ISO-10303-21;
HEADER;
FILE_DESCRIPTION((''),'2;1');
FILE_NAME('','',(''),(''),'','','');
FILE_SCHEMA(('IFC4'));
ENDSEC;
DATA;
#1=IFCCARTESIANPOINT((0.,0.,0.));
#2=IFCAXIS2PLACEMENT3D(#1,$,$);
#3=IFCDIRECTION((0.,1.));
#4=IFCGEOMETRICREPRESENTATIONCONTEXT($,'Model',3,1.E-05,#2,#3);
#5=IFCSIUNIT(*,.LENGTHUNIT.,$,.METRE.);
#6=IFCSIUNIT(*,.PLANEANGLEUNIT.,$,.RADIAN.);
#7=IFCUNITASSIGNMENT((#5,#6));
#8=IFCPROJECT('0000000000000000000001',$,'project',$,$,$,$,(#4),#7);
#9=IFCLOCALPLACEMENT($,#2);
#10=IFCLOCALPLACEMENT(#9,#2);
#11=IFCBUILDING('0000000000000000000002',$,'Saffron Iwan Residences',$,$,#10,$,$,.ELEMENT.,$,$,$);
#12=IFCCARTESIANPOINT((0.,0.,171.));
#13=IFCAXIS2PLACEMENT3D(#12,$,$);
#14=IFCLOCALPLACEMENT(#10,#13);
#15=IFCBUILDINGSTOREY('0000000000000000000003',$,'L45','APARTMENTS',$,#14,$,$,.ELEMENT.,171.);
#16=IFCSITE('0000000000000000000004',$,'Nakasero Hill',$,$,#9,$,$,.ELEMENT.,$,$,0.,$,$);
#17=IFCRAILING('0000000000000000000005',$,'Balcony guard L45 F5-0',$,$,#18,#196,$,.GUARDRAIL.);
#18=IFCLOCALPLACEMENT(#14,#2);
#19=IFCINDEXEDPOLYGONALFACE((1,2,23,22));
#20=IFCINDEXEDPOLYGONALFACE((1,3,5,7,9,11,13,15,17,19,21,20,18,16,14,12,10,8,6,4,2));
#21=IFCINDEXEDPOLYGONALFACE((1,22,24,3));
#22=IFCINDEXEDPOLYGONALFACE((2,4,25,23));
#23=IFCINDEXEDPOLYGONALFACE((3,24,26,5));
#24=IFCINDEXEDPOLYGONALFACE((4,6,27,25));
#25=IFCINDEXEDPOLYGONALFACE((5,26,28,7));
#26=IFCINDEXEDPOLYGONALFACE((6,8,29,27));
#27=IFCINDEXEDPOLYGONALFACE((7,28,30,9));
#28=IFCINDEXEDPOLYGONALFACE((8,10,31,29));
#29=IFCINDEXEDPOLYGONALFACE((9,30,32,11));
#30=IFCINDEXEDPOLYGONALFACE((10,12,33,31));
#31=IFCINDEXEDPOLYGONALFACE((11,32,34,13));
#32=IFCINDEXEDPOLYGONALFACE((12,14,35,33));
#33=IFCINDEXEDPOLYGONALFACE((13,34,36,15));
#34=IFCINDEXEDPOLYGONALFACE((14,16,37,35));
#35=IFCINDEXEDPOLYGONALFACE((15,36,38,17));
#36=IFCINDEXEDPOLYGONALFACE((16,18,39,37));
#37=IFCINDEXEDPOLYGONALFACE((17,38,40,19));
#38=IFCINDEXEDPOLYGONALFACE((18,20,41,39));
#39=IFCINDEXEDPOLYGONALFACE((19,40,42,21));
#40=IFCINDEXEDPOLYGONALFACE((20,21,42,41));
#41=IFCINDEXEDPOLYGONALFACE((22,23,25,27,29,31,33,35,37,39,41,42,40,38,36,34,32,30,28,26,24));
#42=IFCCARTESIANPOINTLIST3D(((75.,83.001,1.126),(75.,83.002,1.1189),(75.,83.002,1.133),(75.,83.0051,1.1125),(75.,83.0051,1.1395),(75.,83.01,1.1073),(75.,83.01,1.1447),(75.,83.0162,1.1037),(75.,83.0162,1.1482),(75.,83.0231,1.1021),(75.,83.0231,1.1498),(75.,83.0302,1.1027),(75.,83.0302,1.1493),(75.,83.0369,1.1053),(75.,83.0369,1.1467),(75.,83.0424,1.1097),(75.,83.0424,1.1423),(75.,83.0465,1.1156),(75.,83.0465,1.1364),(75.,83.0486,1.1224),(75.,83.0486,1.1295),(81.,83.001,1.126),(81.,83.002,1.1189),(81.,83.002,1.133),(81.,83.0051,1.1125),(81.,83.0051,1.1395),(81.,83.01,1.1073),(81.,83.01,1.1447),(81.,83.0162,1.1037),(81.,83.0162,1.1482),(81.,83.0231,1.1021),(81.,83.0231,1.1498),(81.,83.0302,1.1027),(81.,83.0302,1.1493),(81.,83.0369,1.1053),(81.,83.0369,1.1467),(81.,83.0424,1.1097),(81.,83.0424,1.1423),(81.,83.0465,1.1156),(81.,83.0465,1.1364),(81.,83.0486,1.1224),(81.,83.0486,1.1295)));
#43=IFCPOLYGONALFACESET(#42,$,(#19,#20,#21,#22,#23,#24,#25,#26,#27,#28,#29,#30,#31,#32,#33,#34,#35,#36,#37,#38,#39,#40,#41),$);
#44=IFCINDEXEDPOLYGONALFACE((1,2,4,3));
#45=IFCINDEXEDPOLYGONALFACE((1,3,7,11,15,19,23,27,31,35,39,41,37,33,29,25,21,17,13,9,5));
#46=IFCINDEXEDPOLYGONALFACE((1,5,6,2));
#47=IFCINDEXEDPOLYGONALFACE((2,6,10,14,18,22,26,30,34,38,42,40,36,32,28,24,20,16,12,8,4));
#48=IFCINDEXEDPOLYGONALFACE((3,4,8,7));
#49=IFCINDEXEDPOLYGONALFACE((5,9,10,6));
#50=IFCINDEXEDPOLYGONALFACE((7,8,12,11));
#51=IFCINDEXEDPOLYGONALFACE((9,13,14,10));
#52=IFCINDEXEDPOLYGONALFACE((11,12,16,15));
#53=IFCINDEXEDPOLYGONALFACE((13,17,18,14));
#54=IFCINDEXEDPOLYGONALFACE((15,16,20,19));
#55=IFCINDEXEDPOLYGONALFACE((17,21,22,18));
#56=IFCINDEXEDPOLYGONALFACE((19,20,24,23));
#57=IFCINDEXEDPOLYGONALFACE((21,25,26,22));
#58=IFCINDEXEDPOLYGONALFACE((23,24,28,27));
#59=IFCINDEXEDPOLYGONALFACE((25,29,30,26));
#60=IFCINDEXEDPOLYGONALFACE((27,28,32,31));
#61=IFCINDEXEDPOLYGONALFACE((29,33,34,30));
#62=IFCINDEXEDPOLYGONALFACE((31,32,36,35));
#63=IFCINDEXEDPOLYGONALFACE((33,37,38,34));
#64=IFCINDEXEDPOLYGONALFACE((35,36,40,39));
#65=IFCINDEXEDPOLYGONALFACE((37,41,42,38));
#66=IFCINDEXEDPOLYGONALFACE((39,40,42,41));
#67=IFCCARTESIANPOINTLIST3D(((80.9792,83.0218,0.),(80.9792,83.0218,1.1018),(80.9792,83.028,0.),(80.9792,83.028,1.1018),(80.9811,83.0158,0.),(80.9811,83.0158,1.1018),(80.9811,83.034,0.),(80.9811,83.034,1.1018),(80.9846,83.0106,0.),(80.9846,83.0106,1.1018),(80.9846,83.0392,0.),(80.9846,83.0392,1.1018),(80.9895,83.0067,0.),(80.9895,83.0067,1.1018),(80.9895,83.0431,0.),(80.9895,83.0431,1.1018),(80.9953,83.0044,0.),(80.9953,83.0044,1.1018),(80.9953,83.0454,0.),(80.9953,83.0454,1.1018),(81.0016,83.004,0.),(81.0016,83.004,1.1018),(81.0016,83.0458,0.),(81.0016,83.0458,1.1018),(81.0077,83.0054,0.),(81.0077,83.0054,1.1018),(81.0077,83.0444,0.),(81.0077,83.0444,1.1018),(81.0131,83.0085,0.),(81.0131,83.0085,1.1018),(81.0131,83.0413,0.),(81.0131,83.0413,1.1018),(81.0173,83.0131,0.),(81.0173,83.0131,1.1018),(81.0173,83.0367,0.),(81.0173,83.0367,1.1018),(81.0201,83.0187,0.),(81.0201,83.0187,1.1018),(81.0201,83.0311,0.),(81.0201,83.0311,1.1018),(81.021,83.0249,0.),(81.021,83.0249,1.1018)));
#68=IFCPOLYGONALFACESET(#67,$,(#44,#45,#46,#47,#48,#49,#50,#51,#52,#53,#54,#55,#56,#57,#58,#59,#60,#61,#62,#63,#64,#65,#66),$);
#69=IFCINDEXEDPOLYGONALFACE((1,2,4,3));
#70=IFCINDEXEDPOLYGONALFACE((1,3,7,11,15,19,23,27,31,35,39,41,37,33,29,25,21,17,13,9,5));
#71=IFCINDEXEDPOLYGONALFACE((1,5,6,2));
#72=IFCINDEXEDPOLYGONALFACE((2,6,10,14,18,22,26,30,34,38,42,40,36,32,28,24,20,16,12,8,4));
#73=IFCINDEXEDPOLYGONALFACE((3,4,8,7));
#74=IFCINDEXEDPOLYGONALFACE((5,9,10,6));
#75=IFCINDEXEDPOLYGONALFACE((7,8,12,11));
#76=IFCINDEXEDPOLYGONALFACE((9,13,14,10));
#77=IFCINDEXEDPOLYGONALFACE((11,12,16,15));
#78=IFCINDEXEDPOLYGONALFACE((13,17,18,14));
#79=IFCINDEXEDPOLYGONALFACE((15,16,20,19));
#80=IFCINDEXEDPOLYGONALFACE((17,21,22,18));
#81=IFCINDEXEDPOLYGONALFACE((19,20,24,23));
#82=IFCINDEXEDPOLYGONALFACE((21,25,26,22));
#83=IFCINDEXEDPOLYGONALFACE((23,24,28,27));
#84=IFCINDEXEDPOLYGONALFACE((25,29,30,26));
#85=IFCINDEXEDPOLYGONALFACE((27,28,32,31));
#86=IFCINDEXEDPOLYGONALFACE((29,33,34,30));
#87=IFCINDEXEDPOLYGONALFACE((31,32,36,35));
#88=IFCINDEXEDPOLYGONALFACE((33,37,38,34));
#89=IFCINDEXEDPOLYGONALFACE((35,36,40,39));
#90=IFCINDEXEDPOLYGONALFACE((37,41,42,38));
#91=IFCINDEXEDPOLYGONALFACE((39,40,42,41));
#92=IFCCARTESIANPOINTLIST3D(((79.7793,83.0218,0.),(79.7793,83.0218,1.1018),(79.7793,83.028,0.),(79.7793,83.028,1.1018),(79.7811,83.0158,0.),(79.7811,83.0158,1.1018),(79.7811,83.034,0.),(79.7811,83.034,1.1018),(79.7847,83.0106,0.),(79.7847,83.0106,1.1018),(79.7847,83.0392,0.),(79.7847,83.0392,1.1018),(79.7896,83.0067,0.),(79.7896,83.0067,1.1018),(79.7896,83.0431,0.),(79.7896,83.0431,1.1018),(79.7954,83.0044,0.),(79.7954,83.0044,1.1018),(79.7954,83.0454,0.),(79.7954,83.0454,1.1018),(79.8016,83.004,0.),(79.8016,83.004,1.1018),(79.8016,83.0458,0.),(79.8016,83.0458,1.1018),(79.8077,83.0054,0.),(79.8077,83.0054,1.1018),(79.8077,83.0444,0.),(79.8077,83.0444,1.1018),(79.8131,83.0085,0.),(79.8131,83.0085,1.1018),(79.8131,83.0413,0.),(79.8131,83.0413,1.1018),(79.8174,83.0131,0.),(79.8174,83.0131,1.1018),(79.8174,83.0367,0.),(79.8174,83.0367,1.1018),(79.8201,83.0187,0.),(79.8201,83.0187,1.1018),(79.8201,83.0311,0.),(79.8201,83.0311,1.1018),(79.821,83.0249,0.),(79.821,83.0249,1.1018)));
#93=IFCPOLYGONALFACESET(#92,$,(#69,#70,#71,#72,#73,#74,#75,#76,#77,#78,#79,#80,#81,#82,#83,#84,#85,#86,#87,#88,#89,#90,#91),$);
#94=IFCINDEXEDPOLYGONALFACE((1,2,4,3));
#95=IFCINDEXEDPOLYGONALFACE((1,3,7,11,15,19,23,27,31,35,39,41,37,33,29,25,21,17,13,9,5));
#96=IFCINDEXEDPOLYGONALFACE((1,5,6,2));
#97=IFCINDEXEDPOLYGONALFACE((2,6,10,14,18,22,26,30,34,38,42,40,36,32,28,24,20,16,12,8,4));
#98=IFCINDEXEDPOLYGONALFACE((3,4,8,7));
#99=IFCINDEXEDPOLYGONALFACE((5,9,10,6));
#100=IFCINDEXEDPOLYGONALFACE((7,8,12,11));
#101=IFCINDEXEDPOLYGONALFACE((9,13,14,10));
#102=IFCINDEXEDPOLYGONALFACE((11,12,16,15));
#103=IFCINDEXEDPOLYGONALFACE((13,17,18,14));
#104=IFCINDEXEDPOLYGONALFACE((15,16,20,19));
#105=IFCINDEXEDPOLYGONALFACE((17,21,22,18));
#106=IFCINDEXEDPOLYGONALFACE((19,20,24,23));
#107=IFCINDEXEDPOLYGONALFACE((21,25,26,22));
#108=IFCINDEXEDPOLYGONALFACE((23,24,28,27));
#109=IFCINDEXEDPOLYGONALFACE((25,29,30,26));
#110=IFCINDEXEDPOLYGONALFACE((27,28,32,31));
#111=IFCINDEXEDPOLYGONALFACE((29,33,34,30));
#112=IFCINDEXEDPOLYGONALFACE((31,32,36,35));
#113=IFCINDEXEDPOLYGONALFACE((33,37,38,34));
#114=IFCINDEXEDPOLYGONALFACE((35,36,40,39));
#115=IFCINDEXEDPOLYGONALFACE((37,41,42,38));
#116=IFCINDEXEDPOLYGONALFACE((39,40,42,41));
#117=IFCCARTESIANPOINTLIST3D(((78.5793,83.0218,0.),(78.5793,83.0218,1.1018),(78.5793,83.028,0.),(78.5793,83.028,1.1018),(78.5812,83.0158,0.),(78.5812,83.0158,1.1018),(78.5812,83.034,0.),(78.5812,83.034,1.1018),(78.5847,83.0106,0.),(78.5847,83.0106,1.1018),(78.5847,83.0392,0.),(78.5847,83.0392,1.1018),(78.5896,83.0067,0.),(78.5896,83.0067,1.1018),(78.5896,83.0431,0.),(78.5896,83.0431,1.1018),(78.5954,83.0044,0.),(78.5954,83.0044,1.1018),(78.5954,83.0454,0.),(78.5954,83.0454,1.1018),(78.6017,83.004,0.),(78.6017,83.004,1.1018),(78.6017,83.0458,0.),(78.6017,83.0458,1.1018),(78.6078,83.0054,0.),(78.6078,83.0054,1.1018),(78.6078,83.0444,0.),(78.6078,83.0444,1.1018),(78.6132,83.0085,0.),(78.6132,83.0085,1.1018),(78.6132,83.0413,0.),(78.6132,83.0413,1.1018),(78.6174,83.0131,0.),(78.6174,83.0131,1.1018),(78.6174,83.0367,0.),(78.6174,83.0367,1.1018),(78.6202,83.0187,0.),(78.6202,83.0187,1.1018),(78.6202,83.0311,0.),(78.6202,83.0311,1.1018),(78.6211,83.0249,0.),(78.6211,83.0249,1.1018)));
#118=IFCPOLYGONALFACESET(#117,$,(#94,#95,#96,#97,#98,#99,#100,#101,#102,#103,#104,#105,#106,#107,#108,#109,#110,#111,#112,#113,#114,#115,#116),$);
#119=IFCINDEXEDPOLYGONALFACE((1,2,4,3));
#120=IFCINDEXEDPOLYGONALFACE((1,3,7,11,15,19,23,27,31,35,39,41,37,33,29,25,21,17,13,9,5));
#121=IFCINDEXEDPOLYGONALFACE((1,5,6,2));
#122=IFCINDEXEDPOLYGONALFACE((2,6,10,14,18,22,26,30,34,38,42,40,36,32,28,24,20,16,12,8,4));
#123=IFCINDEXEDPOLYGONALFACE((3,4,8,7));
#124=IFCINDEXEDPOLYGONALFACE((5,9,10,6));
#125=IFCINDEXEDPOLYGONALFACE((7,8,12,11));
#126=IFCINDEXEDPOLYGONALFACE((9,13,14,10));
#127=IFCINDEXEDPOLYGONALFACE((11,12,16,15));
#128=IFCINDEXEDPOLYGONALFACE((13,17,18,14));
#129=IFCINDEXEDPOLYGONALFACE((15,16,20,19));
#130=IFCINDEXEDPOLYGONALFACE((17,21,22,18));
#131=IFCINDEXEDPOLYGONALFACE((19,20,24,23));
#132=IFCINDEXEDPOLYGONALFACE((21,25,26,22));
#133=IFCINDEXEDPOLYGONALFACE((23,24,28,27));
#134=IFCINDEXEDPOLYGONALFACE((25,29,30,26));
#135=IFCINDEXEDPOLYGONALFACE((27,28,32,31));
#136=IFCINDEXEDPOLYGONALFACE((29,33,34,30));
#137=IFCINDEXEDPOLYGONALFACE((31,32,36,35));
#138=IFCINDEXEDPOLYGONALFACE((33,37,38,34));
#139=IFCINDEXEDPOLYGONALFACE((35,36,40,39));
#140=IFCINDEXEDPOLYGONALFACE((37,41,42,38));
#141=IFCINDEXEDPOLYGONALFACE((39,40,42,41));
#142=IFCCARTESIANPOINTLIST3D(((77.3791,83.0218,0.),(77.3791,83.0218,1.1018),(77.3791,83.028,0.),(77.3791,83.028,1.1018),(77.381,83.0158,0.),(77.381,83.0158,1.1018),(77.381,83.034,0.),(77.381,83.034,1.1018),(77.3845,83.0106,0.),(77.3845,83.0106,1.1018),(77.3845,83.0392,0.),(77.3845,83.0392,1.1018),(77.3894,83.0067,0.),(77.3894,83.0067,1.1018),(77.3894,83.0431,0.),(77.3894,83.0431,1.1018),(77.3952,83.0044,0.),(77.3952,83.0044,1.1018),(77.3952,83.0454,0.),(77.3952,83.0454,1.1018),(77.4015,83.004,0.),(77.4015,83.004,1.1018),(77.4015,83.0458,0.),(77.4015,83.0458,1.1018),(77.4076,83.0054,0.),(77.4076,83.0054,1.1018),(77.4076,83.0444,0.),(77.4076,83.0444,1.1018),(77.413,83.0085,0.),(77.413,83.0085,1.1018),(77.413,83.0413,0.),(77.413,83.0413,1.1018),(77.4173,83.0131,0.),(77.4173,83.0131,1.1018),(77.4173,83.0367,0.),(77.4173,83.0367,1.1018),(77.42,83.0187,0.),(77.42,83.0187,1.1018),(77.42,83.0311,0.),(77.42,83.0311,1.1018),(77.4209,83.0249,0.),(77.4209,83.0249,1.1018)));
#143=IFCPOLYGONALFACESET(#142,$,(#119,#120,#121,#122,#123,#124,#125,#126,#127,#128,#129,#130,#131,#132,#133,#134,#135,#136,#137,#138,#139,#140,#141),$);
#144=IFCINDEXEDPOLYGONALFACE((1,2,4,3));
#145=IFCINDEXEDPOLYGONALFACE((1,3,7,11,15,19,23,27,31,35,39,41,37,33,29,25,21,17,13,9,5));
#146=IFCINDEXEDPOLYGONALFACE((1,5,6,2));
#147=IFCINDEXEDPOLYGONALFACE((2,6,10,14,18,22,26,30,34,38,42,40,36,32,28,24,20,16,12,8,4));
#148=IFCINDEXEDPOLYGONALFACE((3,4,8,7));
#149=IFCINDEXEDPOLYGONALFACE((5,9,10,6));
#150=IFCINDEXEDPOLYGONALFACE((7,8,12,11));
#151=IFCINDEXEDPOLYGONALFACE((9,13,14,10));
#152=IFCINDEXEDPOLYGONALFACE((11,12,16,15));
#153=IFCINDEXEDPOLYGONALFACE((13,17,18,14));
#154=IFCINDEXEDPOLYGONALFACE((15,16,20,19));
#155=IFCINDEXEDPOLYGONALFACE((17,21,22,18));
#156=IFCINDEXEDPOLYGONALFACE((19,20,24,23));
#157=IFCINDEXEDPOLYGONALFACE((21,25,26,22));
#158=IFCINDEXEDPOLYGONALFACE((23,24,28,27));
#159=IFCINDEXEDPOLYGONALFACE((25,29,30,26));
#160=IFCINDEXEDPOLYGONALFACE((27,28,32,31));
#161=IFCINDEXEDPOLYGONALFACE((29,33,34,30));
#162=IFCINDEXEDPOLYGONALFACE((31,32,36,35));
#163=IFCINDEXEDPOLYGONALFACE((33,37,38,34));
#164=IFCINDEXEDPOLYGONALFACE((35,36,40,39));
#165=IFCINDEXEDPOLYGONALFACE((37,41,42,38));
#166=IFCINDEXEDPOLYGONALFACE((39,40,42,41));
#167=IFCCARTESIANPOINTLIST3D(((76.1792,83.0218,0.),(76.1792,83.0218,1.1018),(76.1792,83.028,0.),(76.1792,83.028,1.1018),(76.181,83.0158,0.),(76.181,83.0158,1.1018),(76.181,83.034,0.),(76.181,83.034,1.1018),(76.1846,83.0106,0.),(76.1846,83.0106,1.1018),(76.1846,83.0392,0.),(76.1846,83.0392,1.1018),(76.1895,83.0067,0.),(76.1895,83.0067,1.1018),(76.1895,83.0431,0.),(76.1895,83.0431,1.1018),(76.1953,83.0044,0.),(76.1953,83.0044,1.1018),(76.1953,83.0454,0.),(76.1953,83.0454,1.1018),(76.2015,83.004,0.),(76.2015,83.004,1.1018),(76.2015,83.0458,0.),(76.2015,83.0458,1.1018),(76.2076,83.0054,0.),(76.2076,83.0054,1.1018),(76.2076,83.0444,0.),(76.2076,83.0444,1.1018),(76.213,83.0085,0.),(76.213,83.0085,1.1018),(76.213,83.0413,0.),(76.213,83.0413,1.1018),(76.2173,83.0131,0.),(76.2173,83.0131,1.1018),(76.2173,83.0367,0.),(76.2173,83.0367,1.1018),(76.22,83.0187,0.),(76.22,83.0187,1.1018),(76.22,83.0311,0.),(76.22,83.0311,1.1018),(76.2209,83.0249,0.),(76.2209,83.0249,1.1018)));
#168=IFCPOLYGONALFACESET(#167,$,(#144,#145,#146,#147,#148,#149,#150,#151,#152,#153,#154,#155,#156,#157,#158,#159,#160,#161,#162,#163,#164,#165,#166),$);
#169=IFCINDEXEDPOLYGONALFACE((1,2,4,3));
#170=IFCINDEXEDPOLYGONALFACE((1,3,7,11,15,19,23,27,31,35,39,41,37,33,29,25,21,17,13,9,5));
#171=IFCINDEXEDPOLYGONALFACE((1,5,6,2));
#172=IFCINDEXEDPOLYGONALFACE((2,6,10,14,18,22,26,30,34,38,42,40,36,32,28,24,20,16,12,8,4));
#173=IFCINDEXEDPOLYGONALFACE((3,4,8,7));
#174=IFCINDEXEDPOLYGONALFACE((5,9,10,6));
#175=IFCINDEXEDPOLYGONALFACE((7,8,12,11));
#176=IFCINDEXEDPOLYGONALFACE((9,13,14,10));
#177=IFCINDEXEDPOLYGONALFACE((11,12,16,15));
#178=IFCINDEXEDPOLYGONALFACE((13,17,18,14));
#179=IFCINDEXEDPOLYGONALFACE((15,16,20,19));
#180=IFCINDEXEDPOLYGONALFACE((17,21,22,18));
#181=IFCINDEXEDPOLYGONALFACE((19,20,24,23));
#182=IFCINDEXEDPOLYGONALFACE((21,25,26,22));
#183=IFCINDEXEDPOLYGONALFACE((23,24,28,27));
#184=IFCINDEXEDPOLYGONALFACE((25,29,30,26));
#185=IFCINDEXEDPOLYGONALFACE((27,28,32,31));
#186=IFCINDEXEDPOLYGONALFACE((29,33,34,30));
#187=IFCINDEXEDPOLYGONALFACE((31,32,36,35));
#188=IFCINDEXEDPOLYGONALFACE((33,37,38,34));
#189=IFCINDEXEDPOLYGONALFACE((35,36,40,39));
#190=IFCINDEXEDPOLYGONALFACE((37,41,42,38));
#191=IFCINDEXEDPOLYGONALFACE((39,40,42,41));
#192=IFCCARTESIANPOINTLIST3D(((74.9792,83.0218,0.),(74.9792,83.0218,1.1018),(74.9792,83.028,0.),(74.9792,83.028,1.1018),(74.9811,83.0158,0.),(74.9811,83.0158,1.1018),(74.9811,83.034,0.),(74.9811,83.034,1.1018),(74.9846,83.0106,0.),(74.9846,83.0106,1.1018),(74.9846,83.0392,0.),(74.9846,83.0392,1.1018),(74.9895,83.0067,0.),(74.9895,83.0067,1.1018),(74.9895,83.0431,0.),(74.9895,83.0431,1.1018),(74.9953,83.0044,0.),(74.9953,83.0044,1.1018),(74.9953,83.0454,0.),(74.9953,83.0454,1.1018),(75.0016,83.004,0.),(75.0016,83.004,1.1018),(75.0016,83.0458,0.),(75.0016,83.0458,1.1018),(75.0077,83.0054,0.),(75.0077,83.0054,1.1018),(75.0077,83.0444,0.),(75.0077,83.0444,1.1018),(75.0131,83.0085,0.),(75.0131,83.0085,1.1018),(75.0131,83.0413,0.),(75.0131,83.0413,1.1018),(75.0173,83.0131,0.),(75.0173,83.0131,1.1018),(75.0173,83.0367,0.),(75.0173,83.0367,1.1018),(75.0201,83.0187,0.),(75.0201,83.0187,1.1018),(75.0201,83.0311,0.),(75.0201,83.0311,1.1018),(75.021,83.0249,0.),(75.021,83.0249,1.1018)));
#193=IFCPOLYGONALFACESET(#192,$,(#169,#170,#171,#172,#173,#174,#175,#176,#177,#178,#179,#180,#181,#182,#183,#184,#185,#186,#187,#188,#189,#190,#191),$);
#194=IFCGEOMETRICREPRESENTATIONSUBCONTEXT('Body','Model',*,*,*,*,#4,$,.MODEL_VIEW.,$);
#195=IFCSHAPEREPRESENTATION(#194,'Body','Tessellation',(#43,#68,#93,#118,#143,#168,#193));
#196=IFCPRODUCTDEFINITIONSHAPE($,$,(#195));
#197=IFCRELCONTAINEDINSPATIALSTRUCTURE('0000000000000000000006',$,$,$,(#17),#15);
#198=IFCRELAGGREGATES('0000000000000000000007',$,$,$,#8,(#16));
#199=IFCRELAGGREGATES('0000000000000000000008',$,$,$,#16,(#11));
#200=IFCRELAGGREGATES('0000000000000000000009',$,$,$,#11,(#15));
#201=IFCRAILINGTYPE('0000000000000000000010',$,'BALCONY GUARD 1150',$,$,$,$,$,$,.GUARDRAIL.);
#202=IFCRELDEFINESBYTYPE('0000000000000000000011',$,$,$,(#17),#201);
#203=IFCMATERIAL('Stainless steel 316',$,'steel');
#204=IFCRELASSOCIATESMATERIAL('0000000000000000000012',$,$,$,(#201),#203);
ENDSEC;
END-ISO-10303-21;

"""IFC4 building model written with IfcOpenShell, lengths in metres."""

from ifc_helpers import new_model, si_unit, direction, frame, origin, origin_2d, place, context, subcontext, project, spatial, circle, extrude, material, type_object, element, save


model = new_model("IFC4")

# Units and contexts
model_context = context("Model", 3, precision=1e-05, world=origin(), true_north=direction((0.0, 1.0)))
body_context = subcontext(model_context, "Body", "Model", "MODEL_VIEW")
ifc_project = project(units=[si_unit("LENGTHUNIT", "METRE"), si_unit("PLANEANGLEUNIT", "RADIAN")], contexts=[model_context])

# Site, building, storey
site_placement = place(None, origin())
site = spatial("IfcSite", under=ifc_project, at=site_placement, Name="Nakasero Hill", CompositionType="ELEMENT", RefElevation=0.0)
building_placement = place(site_placement, origin())
building = spatial("IfcBuilding", under=site, at=building_placement, Name="Saffron Iwan Residences", CompositionType="ELEMENT")
storey_placement = place(building_placement, frame((0.0, 0.0, 171.0)))
storey = spatial("IfcBuildingStorey", under=building, at=storey_placement, Name="L45", Description="APARTMENTS", CompositionType="ELEMENT", Elevation=171.0)

# Railing
ifc_material_1 = material(Name="Stainless steel 316", Category="steel")
railing_type = type_object("IfcRailingType", Name="BALCONY GUARD 1150", PredefinedType="GUARDRAIL", material=ifc_material_1)
railing_placement = place(storey_placement, frame((81.0, 83.0249, 0.0)))
element("IfcRailing", 1, at=railing_placement, inside=storey, type_object=railing_type, Name="Balcony guard L45 F5-0", PredefinedType="GUARDRAIL", context=body_context, shape_type="SweptSolid", body=[
    extrude(circle(Radius=0.0239, at=origin_2d()), frame((0.0, 0.0, 1.126), z_axis=(-1.0, 0.0, 0.0), x_axis=(0.0, -1.0, 0.0)), (0.0, 0.0, 1.0), 6.0),
    extrude(circle(Radius=0.021, at=origin_2d()), origin(), (0.0, 0.0, 1.0), 1.1018),
    extrude(circle(Radius=0.021, at=origin_2d()), frame((-1.2, 0.0, 0.0)), (0.0, 0.0, 1.0), 1.1018),
    extrude(circle(Radius=0.021, at=origin_2d()), frame((-2.3999, 0.0, 0.0)), (0.0, 0.0, 1.0), 1.1018),
    extrude(circle(Radius=0.021, at=origin_2d()), frame((-3.6001, 0.0, 0.0)), (0.0, 0.0, 1.0), 1.1018),
    extrude(circle(Radius=0.021, at=origin_2d()), frame((-4.8, 0.0, 0.0)), (0.0, 0.0, 1.0), 1.1018),
    extrude(circle(Radius=0.021, at=origin_2d()), frame((-6.0, 0.0, 0.0)), (0.0, 0.0, 1.0), 1.1018),
])

save(model, "model.ifc")
